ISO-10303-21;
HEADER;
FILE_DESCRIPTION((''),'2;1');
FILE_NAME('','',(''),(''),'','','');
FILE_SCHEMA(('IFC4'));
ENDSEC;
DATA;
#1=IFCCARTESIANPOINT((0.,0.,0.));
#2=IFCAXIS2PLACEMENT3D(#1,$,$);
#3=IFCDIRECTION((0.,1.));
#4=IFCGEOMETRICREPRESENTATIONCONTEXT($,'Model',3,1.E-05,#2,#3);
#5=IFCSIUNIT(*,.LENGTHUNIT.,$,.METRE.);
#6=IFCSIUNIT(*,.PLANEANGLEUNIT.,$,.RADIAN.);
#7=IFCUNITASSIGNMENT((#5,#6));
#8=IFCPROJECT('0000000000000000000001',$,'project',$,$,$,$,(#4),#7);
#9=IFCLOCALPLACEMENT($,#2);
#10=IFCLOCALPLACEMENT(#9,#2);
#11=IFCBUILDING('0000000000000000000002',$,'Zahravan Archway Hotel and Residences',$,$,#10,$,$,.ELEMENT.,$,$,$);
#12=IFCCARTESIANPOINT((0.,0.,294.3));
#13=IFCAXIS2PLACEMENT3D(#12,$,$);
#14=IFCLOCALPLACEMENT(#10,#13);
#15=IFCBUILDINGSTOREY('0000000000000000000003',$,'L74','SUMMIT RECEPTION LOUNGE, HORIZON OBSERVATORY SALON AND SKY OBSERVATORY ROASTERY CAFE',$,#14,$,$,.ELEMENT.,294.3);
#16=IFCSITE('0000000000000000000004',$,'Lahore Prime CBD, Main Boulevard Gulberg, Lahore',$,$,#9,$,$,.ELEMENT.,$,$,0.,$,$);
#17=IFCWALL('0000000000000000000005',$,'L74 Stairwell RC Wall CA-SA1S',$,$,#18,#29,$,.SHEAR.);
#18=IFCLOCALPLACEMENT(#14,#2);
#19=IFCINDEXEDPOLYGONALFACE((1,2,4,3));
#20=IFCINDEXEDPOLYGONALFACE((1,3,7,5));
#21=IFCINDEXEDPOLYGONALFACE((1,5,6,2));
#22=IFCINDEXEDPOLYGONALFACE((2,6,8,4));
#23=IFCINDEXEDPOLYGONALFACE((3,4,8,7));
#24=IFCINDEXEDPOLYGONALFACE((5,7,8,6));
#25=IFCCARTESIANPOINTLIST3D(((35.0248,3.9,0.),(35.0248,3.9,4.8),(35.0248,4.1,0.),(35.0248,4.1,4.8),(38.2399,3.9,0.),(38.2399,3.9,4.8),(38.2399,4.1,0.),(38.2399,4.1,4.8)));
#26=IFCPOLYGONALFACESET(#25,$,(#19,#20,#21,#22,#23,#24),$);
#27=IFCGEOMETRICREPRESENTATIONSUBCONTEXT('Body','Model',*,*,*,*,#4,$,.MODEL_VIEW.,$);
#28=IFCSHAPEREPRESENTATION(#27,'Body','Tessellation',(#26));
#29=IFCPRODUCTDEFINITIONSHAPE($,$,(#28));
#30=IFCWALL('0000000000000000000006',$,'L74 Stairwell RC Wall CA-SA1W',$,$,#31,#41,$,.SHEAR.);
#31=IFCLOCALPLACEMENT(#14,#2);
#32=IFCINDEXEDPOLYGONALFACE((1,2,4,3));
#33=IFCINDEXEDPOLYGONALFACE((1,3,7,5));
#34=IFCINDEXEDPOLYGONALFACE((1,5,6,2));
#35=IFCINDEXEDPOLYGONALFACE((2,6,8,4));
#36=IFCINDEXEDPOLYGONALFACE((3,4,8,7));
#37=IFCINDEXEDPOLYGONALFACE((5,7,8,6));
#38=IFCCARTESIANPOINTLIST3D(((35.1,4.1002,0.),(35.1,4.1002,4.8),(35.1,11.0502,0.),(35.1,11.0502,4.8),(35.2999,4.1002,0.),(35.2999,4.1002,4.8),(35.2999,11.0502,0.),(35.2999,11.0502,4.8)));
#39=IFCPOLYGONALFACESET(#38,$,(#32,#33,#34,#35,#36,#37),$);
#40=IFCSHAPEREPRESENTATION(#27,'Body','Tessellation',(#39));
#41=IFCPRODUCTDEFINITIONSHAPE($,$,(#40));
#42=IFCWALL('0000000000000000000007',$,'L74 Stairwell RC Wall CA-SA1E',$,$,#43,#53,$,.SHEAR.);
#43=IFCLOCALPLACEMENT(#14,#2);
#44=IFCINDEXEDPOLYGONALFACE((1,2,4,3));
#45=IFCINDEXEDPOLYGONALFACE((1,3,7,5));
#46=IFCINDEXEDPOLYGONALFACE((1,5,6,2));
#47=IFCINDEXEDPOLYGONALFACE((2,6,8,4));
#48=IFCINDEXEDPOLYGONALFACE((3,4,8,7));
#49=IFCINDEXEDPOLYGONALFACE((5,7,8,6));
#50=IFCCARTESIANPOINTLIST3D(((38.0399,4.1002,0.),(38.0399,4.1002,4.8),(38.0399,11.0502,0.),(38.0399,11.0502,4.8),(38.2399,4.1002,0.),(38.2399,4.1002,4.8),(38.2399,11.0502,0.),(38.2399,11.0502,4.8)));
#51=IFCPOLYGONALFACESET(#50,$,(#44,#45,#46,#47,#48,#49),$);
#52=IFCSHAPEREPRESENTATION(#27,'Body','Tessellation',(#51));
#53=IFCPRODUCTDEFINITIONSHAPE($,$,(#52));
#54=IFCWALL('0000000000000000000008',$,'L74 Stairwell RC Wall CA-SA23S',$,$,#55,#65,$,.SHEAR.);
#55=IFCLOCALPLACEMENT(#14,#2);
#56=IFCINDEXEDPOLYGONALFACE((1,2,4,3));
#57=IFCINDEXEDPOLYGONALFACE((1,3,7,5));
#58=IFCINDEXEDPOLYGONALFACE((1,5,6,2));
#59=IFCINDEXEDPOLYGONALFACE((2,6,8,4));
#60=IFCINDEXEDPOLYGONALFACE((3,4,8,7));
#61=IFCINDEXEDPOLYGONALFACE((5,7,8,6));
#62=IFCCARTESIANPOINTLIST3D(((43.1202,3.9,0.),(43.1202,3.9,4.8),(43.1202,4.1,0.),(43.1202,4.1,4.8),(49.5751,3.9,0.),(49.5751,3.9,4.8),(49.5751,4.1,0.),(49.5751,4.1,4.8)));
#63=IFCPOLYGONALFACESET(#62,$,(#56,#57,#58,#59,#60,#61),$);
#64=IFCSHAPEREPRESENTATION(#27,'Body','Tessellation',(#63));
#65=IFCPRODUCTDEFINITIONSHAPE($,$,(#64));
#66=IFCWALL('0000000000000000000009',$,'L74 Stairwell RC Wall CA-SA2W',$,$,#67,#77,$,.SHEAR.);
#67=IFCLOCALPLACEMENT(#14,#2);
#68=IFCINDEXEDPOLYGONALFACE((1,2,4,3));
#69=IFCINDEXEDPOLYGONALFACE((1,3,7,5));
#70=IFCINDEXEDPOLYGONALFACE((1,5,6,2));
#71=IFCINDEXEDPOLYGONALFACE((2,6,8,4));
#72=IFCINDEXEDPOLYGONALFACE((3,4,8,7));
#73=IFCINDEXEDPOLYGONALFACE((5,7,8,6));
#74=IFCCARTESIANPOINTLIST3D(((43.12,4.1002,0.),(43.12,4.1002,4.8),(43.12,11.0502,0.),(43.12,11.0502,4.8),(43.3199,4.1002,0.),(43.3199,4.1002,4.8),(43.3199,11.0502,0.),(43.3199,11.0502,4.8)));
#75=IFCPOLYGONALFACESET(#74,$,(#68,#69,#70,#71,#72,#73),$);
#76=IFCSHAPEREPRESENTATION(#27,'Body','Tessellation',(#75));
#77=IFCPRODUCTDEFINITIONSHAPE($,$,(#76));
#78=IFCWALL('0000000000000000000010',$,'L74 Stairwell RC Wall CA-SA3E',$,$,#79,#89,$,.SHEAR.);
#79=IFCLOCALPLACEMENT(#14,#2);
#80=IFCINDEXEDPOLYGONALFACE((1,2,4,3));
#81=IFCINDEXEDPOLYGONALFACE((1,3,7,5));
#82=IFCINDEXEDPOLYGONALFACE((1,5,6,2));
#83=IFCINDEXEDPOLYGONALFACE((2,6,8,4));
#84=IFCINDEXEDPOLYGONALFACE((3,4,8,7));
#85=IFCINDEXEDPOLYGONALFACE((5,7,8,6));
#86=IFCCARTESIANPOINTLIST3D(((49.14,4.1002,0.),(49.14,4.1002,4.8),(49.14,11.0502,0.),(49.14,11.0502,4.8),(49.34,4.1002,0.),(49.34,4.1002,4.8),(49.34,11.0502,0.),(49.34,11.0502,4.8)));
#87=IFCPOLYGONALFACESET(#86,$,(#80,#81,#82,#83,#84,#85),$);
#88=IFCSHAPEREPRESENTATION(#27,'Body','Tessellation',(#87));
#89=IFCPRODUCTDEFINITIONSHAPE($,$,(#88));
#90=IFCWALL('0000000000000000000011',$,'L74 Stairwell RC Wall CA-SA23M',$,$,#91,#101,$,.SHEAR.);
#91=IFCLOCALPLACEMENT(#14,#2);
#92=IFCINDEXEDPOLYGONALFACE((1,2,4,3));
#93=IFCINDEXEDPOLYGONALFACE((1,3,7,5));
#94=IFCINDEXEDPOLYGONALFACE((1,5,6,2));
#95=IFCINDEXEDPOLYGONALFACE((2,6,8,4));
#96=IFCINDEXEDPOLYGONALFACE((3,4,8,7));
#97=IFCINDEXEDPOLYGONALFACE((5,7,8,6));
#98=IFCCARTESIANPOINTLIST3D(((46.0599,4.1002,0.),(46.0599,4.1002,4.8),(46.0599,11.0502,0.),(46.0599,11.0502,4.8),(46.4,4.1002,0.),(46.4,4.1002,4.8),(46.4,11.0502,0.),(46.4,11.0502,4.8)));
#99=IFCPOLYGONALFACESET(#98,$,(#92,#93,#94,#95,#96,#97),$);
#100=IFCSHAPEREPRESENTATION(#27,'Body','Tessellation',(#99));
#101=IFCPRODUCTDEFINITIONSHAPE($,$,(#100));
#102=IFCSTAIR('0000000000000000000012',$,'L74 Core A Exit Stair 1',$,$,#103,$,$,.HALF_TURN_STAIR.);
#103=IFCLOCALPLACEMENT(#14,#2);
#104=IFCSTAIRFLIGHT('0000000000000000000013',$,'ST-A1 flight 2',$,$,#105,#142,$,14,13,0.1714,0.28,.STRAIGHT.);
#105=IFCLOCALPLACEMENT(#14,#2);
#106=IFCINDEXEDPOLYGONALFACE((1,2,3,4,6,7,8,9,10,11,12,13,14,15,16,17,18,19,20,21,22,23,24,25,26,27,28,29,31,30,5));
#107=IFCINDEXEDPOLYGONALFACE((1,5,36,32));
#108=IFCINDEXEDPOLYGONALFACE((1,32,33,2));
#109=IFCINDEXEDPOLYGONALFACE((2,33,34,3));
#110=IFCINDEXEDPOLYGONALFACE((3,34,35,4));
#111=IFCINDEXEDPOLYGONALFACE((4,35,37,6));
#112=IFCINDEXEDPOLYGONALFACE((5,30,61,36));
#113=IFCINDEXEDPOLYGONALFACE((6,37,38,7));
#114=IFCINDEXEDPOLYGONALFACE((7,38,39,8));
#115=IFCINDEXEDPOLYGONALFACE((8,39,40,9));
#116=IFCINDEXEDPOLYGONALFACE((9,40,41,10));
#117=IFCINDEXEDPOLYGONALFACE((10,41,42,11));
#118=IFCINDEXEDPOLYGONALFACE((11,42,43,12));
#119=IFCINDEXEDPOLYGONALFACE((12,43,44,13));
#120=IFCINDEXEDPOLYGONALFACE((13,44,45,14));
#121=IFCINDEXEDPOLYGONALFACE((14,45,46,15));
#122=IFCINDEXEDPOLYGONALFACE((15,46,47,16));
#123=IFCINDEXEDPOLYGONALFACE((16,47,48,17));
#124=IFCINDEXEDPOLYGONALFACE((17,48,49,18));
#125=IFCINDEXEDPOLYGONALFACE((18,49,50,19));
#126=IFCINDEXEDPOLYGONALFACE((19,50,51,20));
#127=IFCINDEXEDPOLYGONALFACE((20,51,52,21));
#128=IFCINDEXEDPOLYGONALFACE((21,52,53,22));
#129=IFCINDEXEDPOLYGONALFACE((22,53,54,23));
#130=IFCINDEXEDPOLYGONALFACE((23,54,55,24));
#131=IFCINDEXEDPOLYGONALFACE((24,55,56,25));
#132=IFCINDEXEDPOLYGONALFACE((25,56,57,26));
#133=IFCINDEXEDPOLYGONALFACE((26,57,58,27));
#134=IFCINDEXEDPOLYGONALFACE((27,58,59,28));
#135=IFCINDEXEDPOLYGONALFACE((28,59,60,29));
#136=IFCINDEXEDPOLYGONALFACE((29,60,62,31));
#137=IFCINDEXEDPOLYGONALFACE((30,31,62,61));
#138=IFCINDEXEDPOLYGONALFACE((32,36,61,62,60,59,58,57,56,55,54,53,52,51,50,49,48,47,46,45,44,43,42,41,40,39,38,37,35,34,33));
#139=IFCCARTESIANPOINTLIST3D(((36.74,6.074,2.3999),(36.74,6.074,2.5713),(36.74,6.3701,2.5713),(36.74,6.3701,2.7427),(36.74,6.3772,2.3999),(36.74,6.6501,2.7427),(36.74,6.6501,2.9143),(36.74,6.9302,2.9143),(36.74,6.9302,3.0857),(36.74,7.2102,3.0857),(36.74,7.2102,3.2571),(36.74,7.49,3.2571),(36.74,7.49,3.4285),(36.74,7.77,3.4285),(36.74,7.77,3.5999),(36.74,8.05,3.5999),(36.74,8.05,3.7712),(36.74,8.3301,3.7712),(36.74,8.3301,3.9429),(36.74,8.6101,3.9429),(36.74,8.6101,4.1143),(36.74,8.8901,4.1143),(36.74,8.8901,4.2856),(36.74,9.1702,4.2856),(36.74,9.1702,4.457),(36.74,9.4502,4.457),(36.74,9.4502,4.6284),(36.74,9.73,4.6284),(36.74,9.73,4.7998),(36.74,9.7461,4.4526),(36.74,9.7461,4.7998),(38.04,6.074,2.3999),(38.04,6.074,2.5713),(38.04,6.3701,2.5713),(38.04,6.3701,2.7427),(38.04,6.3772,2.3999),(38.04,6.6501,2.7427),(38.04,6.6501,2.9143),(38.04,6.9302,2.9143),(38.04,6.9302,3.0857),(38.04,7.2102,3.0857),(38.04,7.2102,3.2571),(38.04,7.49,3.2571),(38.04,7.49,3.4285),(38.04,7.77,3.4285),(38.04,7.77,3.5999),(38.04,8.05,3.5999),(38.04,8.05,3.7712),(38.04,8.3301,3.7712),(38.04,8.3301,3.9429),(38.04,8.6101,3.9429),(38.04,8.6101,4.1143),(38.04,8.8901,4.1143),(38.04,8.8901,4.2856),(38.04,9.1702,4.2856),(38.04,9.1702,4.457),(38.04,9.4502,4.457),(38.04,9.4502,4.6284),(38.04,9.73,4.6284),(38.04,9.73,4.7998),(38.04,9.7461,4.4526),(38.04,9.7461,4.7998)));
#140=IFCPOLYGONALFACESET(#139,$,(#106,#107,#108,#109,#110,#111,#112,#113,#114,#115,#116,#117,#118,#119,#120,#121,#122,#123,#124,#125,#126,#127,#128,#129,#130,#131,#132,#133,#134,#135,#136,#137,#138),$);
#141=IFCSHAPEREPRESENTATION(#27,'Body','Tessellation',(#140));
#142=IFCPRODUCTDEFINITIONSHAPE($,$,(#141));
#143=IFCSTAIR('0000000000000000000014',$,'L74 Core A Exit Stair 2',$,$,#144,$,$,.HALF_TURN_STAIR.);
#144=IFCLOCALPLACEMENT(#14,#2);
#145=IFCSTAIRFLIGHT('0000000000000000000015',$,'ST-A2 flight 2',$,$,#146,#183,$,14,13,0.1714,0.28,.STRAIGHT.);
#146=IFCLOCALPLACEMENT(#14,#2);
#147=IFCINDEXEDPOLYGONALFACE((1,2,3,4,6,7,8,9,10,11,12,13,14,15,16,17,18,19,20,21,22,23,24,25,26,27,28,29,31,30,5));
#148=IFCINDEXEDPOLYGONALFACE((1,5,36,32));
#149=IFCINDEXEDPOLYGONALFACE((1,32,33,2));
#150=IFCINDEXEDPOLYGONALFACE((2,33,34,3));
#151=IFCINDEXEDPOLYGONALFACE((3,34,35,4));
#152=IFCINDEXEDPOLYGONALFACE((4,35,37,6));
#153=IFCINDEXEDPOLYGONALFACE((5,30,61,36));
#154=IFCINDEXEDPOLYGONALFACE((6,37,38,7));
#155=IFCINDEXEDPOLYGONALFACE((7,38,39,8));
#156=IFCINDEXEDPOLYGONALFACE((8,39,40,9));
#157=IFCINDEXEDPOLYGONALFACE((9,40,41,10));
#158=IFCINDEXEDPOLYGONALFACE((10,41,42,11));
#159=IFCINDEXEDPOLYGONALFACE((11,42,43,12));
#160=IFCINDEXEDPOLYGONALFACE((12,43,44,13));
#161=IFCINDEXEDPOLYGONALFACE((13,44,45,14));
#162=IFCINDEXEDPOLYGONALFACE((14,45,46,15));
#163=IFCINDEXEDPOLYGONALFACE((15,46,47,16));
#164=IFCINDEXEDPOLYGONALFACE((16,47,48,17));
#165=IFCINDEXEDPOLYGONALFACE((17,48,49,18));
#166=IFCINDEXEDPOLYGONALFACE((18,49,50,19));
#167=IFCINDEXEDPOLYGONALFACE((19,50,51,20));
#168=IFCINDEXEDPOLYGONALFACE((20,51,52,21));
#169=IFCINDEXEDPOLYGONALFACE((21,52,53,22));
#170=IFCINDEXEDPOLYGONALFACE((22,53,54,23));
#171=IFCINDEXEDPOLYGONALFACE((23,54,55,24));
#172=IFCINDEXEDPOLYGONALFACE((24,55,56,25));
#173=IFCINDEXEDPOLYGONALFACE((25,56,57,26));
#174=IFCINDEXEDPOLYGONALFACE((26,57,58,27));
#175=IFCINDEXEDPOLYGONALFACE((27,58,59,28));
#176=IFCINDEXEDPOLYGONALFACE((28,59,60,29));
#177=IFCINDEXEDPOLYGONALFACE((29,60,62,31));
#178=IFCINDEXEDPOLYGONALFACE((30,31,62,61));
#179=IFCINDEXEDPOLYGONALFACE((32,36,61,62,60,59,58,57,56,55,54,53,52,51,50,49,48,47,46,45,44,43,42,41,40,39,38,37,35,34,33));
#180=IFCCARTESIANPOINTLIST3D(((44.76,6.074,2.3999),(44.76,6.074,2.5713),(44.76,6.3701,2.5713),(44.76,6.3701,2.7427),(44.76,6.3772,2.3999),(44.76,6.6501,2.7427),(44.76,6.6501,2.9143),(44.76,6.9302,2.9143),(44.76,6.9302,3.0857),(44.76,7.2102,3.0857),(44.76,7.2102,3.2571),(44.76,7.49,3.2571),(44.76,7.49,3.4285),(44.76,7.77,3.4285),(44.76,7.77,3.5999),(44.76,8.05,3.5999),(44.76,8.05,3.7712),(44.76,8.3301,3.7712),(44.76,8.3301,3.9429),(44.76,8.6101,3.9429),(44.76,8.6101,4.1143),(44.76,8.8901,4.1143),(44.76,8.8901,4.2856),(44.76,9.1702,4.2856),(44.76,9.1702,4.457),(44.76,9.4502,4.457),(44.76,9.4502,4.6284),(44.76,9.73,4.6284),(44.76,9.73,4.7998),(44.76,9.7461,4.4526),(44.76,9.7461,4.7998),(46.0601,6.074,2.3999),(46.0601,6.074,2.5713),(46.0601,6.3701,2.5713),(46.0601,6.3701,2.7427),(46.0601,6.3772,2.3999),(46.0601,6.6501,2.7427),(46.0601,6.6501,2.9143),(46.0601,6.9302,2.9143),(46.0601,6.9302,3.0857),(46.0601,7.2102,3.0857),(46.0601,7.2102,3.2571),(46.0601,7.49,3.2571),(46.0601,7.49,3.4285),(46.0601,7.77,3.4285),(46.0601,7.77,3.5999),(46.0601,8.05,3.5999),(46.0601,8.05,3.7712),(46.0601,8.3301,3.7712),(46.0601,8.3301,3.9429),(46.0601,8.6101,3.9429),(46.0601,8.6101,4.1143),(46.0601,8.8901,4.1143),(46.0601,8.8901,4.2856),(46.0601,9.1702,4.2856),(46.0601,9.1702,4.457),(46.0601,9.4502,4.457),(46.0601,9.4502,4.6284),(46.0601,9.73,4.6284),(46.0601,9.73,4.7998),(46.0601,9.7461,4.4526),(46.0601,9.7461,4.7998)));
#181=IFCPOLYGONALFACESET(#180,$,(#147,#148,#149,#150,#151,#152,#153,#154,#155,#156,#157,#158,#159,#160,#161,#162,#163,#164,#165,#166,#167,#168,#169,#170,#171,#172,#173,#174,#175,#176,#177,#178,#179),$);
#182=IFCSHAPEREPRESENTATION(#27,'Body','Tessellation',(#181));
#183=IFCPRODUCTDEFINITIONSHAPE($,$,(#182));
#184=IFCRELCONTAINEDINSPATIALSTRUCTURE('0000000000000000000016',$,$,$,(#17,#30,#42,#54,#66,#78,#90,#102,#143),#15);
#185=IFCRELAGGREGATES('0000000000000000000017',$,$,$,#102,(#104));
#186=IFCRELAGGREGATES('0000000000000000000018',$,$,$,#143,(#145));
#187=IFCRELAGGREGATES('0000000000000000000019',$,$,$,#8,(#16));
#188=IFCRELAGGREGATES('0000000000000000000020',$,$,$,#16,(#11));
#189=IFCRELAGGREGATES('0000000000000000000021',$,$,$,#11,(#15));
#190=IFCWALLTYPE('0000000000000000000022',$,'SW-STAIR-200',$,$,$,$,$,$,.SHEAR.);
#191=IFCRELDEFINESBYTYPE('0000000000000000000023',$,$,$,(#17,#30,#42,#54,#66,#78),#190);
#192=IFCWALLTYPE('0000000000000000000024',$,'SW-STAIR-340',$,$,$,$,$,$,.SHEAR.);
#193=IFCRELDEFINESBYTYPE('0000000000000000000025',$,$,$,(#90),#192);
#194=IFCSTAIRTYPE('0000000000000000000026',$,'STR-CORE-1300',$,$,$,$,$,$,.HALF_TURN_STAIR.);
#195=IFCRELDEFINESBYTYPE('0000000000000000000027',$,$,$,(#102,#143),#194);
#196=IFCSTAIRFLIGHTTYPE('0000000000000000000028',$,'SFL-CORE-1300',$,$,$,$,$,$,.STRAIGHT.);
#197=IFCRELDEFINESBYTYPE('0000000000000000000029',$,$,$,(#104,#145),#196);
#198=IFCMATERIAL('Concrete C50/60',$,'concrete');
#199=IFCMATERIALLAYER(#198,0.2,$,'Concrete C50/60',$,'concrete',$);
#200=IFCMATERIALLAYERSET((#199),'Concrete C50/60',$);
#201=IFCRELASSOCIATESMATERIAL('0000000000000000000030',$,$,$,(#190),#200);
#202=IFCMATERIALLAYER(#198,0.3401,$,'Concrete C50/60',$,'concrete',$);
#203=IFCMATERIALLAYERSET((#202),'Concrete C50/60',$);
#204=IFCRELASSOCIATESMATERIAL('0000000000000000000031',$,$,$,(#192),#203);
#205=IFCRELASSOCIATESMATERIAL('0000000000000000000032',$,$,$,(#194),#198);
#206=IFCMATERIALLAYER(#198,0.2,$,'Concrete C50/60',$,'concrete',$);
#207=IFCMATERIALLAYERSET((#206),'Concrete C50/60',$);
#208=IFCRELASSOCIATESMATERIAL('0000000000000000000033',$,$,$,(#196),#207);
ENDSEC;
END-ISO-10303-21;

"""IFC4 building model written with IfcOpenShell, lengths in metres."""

from ifc_helpers import new_model, si_unit, direction, frame, frame_2d, origin, place, context, subcontext, project, spatial, polyline, rectangle, outline, extrude, source, transform, mapped, material, layer, layer_set, type_object, element, aggregate, save


model = new_model("IFC4")

# Units and contexts
model_context = context("Model", 3, precision=1e-05, world=origin(), true_north=direction((0.0, 1.0)))
body_context = subcontext(model_context, "Body", "Model", "MODEL_VIEW")
ifc_project = project(units=[si_unit("LENGTHUNIT", "METRE"), si_unit("PLANEANGLEUNIT", "RADIAN")], contexts=[model_context])

# Site, building, storey
site_placement = place(None, origin())
site = spatial("IfcSite", under=ifc_project, at=site_placement, Name="Lahore Prime CBD, Main Boulevard Gulberg, Lahore", CompositionType="ELEMENT", RefElevation=0.0)
building_placement = place(site_placement, origin())
building = spatial("IfcBuilding", under=site, at=building_placement, Name="Zahravan Archway Hotel and Residences", CompositionType="ELEMENT")
storey_placement = place(building_placement, frame((0.0, 0.0, 294.3)))
storey = spatial("IfcBuildingStorey", under=building, at=storey_placement, Name="L74", Description="SUMMIT RECEPTION LOUNGE, HORIZON OBSERVATORY SALON AND SKY OBSERVATORY ROASTERY CAFE", CompositionType="ELEMENT", Elevation=294.3)

# Shared definitions
ifc_material_1 = material(Name="Concrete C50/60", Category="concrete")

# Walls
ifc_layer_1 = layer(ifc_material_1, 0.2, Name="Concrete C50/60", Category="concrete")
ifc_layer_set_1 = layer_set([ifc_layer_1], Name="Concrete C50/60")
wall_type_1 = type_object("IfcWallType", Name="SW-STAIR-200", PredefinedType="SHEAR", material=ifc_layer_set_1)
wall_1_placement = place(storey_placement, frame((35.0249, 4.0, 0.0), z_axis=(0.0, 0.0, 1.0), x_axis=(1.0, 0.0, 0.0)))
element("IfcWall", 1, at=wall_1_placement, inside=storey, type_object=wall_type_1, Name="L74 Stairwell RC Wall CA-SA1S", PredefinedType="SHEAR", context=body_context, shape_type="SweptSolid", body=[
    extrude(rectangle(XDim=3.2151, YDim=0.2, at=frame_2d((1.6074, 0.0))), origin(), (0.0, 0.0, 1.0), 4.8),
])
for number, where, z_axis, x_axis, name in (
    (2, (35.2, 4.1001, 0.0), (0.0, 0.0, 1.0), (0.0, 1.0, 0.0), "L74 Stairwell RC Wall CA-SA1W"),
    (3, (38.1399, 4.1001, 0.0), (0.0, 0.0, 1.0), (0.0, 1.0, 0.0), "L74 Stairwell RC Wall CA-SA1E"),
):
    element("IfcWall", number, at=place(storey_placement, frame(where, z_axis=z_axis, x_axis=x_axis)), inside=storey, type_object=wall_type_1, Name=name, PredefinedType="SHEAR", context=body_context, shape_type="SweptSolid", body=[
        extrude(rectangle(XDim=6.95, YDim=0.2, at=frame_2d((3.4751, 0.0))), origin(), (0.0, 0.0, 1.0), 4.8),
    ])
wall_2_placement = place(storey_placement, frame((43.1201, 4.0, 0.0), z_axis=(0.0, 0.0, 1.0), x_axis=(1.0, 0.0, 0.0)))
element("IfcWall", 4, at=wall_2_placement, inside=storey, type_object=wall_type_1, Name="L74 Stairwell RC Wall CA-SA23S", PredefinedType="SHEAR", context=body_context, shape_type="SweptSolid", body=[
    extrude(rectangle(XDim=6.4548, YDim=0.2, at=frame_2d((3.2275, 0.0))), origin(), (0.0, 0.0, 1.0), 4.8),
])
for number, where, z_axis, x_axis, name in (
    (5, (43.22, 4.1001, 0.0), (0.0, 0.0, 1.0), (0.0, 1.0, 0.0), "L74 Stairwell RC Wall CA-SA2W"),
    (6, (49.24, 4.1001, 0.0), (0.0, 0.0, 1.0), (0.0, 1.0, 0.0), "L74 Stairwell RC Wall CA-SA3E"),
):
    element("IfcWall", number, at=place(storey_placement, frame(where, z_axis=z_axis, x_axis=x_axis)), inside=storey, type_object=wall_type_1, Name=name, PredefinedType="SHEAR", context=body_context, shape_type="SweptSolid", body=[
        extrude(rectangle(XDim=6.95, YDim=0.2, at=frame_2d((3.4751, 0.0))), origin(), (0.0, 0.0, 1.0), 4.8),
    ])
ifc_layer_2 = layer(ifc_material_1, 0.3401, Name="Concrete C50/60", Category="concrete")
ifc_layer_set_2 = layer_set([ifc_layer_2], Name="Concrete C50/60")
wall_type_2 = type_object("IfcWallType", Name="SW-STAIR-340", PredefinedType="SHEAR", material=ifc_layer_set_2)
wall_3_placement = place(storey_placement, frame((46.23, 4.1001, 0.0), z_axis=(0.0, 0.0, 1.0), x_axis=(0.0, 1.0, 0.0)))
element("IfcWall", 7, at=wall_3_placement, inside=storey, type_object=wall_type_2, Name="L74 Stairwell RC Wall CA-SA23M", PredefinedType="SHEAR", context=body_context, shape_type="SweptSolid", body=[
    extrude(rectangle(XDim=6.95, YDim=0.3401, at=frame_2d((3.4751, 0.0))), origin(), (0.0, 0.0, 1.0), 4.8),
])

# Stairs, stair flights
stair_type = type_object("IfcStairType", Name="STR-CORE-1300", PredefinedType="HALF_TURN_STAIR", material=ifc_material_1)
stair_1_placement = place(storey_placement, origin())
stair_1 = element("IfcStair", 8, at=stair_1_placement, inside=storey, type_object=stair_type, Name="L74 Core A Exit Stair 1", PredefinedType="HALF_TURN_STAIR")
ifc_layer_3 = layer(ifc_material_1, 0.2, Name="Concrete C50/60", Category="concrete")
ifc_layer_set_3 = layer_set([ifc_layer_3], Name="Concrete C50/60")
stair_flight_type = type_object("IfcStairFlightType", Name="SFL-CORE-1300", PredefinedType="STRAIGHT", material=ifc_layer_set_3)
shared_shape_1 = source(origin(), body_context, "Body", "SweptSolid", [
    extrude(outline(polyline([(-0.0161, 0.0), (-0.0161, 0.1714), (0.28, 0.1714), (0.28, 0.3428), (0.5601, 0.3428), (0.5601, 0.5144), (0.8401, 0.5144), (0.8401, 0.6858), (1.1201, 0.6858), (1.1201, 0.8572), (1.3999, 0.8572), (1.3999, 1.0286), (1.6799, 1.0286), (1.6799, 1.2), (1.96, 1.2), (1.96, 1.3713), (2.24, 1.3713), (2.24, 1.543), (2.52, 1.543), (2.52, 1.7144), (2.8, 1.7144), (2.8, 1.8857), (3.0801, 1.8857), (3.0801, 2.0571), (3.3601, 2.0571), (3.3601, 2.2285), (3.6399, 2.2285), (3.6399, 2.3999), (3.656, 2.3999), (3.656, 2.0527), (0.2871, 0.0), (-0.0161, 0.0)])), frame((0.0, 0.6499, 0.0), z_axis=(0.0, -1.0, 0.0), x_axis=(1.0, 0.0, 0.0)), (0.0, 0.0, 1.0), 1.3),
])
stair_flight_1_placement = place(storey_placement, frame((37.3899, 6.0901, 2.3999), z_axis=(0.0, 0.0, 1.0), x_axis=(0.0, 1.0, 0.0)))
stair_flight_1 = element("IfcStairFlight", 9, at=stair_flight_1_placement, type_object=stair_flight_type, Name="ST-A1 flight 2", NumberOfRisers=14, NumberOfTreads=13, PredefinedType="STRAIGHT", RiserHeight=0.1714, TreadLength=0.28, context=body_context, shape_type="MappedRepresentation", body=[
    mapped(shared_shape_1, transform((0.0, 0.0, 0.0), scale=1.0)),
])
aggregate(stair_1, [stair_flight_1])
stair_2_placement = place(storey_placement, origin())
stair_2 = element("IfcStair", 10, at=stair_2_placement, inside=storey, type_object=stair_type, Name="L74 Core A Exit Stair 2", PredefinedType="HALF_TURN_STAIR")
stair_flight_2_placement = place(storey_placement, frame((45.4099, 6.0901, 2.3999), z_axis=(0.0, 0.0, 1.0), x_axis=(0.0, 1.0, 0.0)))
stair_flight_2 = element("IfcStairFlight", 11, at=stair_flight_2_placement, type_object=stair_flight_type, Name="ST-A2 flight 2", NumberOfRisers=14, NumberOfTreads=13, PredefinedType="STRAIGHT", RiserHeight=0.1714, TreadLength=0.28, context=body_context, shape_type="MappedRepresentation", body=[
    mapped(shared_shape_1, transform((0.0, 0.0, 0.0), scale=1.0)),
])
aggregate(stair_2, [stair_flight_2])

save(model, "model.ifc")
